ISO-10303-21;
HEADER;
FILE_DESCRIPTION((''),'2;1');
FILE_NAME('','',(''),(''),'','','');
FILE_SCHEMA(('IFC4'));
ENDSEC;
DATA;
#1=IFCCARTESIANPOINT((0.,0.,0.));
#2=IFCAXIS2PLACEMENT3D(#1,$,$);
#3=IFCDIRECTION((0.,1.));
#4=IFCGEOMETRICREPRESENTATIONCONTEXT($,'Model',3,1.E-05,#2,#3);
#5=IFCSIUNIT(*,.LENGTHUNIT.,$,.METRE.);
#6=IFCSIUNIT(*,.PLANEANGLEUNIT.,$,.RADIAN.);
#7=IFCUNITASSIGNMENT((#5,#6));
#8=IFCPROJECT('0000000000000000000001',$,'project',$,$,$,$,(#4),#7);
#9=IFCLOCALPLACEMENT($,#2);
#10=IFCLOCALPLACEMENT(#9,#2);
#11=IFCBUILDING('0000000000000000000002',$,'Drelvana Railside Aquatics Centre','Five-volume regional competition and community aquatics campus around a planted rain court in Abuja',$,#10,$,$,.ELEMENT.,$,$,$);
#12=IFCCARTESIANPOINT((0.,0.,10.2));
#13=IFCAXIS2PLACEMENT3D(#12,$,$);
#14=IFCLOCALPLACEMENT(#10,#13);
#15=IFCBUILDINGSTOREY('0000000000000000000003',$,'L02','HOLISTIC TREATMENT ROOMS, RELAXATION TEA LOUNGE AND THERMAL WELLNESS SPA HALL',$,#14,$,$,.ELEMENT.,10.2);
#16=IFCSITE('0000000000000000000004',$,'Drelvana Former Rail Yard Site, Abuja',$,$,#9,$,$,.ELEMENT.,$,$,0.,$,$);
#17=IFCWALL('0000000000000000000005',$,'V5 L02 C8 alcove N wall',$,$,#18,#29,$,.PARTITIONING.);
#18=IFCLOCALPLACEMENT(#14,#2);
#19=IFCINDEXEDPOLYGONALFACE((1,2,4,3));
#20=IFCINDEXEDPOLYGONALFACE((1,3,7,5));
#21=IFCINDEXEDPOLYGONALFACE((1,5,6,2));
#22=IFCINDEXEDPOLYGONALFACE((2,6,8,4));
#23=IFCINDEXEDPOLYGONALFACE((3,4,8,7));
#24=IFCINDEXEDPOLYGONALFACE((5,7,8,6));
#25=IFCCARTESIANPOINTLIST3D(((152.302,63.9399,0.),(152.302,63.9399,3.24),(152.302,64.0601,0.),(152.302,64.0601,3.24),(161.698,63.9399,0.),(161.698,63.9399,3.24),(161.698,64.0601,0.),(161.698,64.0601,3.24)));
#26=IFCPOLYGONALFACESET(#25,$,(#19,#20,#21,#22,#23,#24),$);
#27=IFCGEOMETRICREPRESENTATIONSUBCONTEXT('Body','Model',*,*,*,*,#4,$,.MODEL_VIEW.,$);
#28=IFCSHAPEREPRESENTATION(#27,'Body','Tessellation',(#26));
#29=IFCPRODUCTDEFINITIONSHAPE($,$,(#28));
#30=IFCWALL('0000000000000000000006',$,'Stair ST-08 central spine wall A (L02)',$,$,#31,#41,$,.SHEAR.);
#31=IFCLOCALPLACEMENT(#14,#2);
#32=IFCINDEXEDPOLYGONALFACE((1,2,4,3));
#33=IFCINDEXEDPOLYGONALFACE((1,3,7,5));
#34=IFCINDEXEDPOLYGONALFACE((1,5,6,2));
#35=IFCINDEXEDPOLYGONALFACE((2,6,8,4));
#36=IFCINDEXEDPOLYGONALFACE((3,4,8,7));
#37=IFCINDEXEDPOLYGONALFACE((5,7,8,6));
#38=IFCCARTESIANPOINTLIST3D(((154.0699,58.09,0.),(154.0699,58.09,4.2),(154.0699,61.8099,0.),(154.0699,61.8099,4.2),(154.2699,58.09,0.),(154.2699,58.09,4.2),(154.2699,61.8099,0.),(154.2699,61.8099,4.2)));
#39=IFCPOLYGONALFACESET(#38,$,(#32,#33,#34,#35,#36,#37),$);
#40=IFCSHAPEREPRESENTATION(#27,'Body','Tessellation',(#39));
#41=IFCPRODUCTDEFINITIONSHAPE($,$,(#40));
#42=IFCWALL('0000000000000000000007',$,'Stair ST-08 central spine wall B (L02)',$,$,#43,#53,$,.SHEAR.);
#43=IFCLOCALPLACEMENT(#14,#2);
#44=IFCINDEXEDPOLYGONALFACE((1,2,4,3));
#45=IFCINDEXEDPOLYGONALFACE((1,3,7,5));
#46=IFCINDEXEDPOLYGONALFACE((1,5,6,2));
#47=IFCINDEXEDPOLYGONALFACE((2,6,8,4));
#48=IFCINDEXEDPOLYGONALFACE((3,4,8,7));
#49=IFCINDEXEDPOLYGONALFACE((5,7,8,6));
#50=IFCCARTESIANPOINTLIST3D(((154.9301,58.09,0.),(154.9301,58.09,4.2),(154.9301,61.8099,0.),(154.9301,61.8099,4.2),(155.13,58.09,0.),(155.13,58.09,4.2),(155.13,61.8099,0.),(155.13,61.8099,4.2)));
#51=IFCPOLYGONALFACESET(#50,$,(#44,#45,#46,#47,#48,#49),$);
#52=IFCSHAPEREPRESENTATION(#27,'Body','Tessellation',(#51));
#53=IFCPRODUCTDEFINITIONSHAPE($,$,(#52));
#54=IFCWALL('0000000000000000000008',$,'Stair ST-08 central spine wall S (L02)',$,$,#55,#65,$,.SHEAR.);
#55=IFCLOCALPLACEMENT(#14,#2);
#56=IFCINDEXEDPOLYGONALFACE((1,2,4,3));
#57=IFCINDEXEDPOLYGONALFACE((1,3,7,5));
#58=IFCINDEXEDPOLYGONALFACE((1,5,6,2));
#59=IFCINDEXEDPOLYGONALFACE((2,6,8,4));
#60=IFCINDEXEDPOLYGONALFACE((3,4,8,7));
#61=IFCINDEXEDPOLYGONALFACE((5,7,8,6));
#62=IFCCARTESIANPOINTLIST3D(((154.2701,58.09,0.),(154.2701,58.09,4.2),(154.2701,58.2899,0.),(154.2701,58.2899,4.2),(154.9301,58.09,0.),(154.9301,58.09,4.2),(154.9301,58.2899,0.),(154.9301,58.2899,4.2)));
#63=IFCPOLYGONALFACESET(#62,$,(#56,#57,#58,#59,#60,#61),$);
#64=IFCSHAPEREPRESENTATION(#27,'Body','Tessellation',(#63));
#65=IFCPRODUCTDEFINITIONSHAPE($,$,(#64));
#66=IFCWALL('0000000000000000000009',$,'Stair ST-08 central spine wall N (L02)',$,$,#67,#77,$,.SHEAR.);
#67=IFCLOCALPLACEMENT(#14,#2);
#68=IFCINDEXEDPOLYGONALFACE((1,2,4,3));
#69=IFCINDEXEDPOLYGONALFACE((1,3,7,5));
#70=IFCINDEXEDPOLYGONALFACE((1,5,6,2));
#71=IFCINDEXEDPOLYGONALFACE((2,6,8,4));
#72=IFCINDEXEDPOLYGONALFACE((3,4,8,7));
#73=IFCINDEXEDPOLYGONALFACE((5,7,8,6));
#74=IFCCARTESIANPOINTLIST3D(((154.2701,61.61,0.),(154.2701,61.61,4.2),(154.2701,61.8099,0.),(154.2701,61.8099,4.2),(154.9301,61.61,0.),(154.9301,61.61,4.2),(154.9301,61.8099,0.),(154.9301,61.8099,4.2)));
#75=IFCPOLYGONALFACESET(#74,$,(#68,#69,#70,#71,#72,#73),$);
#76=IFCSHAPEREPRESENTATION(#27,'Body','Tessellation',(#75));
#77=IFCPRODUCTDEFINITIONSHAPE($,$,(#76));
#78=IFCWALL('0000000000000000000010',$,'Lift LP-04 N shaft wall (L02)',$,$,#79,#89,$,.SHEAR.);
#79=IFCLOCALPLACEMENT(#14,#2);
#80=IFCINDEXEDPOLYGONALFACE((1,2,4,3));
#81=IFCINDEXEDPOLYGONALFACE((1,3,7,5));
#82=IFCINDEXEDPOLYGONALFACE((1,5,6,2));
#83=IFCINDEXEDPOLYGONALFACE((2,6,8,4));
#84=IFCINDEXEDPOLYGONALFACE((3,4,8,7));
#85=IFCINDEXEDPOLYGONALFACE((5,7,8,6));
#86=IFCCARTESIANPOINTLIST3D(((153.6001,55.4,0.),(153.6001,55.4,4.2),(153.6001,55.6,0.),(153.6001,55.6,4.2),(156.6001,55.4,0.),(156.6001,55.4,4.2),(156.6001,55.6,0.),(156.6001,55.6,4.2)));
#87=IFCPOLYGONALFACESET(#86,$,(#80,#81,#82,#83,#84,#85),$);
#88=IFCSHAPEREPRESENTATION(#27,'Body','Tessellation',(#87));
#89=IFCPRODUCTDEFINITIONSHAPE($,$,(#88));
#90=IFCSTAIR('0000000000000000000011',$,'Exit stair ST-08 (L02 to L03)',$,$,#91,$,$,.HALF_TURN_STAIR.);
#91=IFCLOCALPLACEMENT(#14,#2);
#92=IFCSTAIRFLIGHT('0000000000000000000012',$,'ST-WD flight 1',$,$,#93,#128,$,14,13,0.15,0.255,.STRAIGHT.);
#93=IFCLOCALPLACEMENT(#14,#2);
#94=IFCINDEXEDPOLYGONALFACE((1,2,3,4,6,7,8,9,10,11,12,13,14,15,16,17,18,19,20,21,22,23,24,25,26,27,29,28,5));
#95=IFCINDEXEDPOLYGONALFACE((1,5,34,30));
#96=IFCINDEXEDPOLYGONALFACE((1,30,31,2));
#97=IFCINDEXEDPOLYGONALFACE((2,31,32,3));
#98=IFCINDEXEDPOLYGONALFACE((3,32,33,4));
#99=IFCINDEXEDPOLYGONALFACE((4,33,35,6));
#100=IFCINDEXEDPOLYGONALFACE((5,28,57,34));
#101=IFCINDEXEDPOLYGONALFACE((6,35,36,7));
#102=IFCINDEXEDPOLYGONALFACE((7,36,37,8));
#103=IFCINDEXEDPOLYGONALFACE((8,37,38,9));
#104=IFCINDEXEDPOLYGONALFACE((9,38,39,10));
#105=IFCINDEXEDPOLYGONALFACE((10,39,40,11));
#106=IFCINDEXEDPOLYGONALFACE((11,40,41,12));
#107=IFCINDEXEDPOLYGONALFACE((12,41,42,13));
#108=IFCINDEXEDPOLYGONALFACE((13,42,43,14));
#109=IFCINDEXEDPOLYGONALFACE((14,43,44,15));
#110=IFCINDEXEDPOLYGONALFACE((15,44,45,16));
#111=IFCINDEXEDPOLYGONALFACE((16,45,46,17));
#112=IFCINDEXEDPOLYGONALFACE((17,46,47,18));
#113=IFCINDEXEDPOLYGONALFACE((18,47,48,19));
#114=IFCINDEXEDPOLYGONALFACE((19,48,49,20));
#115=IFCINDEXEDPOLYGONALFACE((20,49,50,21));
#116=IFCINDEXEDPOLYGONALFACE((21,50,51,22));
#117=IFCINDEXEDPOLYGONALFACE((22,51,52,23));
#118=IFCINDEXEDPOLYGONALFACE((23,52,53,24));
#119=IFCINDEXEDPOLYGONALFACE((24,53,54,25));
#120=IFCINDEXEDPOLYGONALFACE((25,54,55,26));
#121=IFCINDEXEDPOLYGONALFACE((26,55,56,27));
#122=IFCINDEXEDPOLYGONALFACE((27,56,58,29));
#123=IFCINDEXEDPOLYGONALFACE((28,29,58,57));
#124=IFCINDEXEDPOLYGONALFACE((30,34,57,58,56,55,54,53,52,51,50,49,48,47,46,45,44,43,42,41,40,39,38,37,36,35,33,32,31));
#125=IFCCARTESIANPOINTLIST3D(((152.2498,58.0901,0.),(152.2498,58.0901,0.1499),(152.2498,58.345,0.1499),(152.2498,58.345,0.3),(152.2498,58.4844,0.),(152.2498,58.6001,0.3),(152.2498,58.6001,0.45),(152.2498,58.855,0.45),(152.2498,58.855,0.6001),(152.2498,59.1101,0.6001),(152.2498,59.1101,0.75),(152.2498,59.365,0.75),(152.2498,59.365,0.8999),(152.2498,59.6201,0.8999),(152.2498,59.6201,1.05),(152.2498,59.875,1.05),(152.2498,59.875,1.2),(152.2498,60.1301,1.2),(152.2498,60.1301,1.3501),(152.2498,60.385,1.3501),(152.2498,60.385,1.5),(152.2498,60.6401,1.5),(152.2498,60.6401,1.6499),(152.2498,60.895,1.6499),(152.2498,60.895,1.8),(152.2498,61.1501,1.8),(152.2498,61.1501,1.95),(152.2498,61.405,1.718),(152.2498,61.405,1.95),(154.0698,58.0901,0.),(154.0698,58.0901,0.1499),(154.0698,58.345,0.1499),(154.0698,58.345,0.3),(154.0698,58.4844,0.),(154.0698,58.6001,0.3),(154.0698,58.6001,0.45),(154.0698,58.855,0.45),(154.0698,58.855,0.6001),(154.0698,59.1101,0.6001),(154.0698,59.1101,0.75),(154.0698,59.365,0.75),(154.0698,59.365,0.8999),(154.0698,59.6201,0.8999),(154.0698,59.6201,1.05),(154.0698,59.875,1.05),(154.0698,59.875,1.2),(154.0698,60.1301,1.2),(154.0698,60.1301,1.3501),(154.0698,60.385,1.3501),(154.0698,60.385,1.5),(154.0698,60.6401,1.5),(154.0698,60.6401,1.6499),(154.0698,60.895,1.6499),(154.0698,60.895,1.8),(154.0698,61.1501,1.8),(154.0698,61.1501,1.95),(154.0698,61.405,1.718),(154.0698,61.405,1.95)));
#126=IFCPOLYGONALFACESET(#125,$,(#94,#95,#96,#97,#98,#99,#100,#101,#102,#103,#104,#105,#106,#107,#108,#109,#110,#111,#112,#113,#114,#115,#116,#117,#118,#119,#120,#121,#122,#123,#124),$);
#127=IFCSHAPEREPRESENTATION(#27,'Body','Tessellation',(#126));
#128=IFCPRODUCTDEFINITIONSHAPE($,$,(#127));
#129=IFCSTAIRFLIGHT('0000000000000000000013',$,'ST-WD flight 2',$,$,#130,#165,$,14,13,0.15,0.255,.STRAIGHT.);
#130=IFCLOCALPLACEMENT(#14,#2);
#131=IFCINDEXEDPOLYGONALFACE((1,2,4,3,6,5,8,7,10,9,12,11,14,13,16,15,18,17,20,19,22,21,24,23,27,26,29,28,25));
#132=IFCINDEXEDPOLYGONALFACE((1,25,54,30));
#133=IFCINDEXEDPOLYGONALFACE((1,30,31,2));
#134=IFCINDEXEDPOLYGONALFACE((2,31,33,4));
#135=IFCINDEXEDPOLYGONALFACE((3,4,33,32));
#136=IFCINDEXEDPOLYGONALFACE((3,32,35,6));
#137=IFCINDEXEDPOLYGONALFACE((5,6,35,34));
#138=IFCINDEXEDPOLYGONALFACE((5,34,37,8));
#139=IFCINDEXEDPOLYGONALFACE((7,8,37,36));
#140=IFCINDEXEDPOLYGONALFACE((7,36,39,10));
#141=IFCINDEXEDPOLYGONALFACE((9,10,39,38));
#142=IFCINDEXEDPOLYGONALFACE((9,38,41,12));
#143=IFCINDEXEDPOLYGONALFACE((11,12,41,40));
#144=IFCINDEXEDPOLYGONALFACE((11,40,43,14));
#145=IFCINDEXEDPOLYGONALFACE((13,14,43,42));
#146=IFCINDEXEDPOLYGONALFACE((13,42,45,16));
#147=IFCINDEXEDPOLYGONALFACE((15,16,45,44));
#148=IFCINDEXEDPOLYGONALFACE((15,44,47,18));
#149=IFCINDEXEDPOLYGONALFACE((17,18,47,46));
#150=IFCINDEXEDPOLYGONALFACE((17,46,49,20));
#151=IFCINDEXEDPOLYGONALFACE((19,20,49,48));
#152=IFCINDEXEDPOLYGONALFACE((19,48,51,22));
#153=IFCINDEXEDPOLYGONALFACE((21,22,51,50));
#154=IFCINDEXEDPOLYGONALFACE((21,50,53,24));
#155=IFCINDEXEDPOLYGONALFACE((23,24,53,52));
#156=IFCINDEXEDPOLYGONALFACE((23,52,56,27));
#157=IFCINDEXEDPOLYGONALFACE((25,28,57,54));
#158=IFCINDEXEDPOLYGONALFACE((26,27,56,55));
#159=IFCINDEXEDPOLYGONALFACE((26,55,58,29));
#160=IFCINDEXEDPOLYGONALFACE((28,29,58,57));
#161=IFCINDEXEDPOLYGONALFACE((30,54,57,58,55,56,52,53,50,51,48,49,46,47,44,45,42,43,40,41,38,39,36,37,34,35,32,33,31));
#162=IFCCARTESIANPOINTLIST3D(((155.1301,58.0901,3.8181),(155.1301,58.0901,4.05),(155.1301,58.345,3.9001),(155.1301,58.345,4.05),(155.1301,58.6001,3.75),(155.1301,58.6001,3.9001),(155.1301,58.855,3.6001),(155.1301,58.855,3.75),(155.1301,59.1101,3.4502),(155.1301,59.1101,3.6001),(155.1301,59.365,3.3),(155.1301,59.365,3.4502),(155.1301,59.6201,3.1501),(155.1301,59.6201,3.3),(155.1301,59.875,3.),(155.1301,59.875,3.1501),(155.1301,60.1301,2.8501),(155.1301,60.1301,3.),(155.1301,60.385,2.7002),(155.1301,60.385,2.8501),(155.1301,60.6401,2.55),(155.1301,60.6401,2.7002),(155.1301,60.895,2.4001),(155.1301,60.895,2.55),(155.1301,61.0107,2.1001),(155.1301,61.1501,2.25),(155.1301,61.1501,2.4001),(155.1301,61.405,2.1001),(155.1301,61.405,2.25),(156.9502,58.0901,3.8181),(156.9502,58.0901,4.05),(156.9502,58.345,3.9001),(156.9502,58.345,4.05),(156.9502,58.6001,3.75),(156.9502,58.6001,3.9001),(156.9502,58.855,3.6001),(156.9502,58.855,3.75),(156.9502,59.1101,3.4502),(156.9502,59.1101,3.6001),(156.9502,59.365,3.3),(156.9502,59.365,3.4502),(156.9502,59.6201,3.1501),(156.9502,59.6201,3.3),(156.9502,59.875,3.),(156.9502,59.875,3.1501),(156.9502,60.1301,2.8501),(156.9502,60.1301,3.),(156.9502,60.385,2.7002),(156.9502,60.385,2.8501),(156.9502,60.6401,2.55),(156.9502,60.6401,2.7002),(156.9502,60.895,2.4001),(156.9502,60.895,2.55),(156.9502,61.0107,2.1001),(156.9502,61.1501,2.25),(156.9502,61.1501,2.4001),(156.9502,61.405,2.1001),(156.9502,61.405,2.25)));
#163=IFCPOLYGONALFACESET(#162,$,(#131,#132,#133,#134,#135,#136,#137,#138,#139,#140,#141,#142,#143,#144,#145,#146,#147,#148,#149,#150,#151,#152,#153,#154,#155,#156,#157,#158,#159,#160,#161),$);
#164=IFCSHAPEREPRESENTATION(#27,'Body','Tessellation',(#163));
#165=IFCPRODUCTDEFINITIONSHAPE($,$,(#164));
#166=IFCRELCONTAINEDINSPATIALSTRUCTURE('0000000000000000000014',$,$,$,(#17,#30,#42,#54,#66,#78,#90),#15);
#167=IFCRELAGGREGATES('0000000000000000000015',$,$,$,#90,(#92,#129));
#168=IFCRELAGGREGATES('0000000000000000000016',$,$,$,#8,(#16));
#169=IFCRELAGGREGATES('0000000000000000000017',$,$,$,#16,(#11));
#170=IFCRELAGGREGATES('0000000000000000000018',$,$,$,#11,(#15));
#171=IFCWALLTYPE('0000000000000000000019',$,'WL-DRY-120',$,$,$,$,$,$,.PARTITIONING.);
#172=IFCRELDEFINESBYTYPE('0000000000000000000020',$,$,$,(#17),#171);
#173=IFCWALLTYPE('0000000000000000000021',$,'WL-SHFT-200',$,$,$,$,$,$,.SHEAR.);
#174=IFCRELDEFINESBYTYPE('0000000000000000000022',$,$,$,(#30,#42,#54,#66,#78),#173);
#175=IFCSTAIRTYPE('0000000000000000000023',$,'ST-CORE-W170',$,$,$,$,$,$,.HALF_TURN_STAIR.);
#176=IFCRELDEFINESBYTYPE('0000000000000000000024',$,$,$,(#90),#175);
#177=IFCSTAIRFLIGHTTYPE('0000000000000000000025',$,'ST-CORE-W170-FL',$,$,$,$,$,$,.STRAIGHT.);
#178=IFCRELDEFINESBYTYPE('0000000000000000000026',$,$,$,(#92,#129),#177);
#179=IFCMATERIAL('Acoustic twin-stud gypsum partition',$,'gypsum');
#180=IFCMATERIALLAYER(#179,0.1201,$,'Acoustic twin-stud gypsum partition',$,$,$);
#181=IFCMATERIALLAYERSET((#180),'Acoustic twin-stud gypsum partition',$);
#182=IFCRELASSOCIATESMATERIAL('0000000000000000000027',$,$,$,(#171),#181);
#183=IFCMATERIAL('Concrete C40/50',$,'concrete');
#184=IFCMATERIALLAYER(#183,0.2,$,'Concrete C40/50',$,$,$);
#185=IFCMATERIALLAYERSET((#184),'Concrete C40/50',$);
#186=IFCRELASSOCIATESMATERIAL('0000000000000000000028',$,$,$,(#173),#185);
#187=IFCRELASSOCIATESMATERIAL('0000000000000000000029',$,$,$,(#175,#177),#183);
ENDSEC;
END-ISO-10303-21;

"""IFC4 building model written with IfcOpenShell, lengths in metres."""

from ifc_helpers import new_model, si_unit, direction, frame, frame_2d, origin, place, context, subcontext, project, spatial, polyline, rectangle, outline, extrude, material, layer, layer_set, type_object, element, aggregate, save


model = new_model("IFC4")

# Units and contexts
model_context = context("Model", 3, precision=1e-05, world=origin(), true_north=direction((0.0, 1.0)))
body_context = subcontext(model_context, "Body", "Model", "MODEL_VIEW")
ifc_project = project(units=[si_unit("LENGTHUNIT", "METRE"), si_unit("PLANEANGLEUNIT", "RADIAN")], contexts=[model_context])

# Site, building, storey
site_placement = place(None, origin())
site = spatial("IfcSite", under=ifc_project, at=site_placement, Name="Drelvana Former Rail Yard Site, Abuja", CompositionType="ELEMENT", RefElevation=0.0)
building_placement = place(site_placement, origin())
building = spatial("IfcBuilding", under=site, at=building_placement, Name="Drelvana Railside Aquatics Centre", Description="Five-volume regional competition and community aquatics campus around a planted rain court in Abuja", CompositionType="ELEMENT")
storey_placement = place(building_placement, frame((0.0, 0.0, 10.2)))
storey = spatial("IfcBuildingStorey", under=building, at=storey_placement, Name="L02", Description="HOLISTIC TREATMENT ROOMS, RELAXATION TEA LOUNGE AND THERMAL WELLNESS SPA HALL", CompositionType="ELEMENT", Elevation=10.2)

# Shared definitions
ifc_material_1 = material(Name="Concrete C40/50", Category="concrete")

# Shared definitions
ifc_material_2 = material(Name="Acoustic twin-stud gypsum partition", Category="gypsum")
ifc_layer_1 = layer(ifc_material_2, 0.1201, Name="Acoustic twin-stud gypsum partition")
ifc_layer_set_1 = layer_set([ifc_layer_1], Name="Acoustic twin-stud gypsum partition")
wall_type_1 = type_object("IfcWallType", Name="WL-DRY-120", PredefinedType="PARTITIONING", material=ifc_layer_set_1)

# Walls
wall_1_placement = place(storey_placement, frame((152.302, 64.0, 0.0), z_axis=(0.0, 0.0, 1.0), x_axis=(1.0, 0.0, 0.0)))
element("IfcWall", 1, at=wall_1_placement, inside=storey, type_object=wall_type_1, Name="V5 L02 C8 alcove N wall", PredefinedType="PARTITIONING", context=body_context, shape_type="SweptSolid", body=[
    extrude(rectangle(XDim=9.396, YDim=0.1201, at=frame_2d((4.698, 0.0))), origin(), (0.0, 0.0, 1.0), 3.24),
])
ifc_layer_2 = layer(ifc_material_1, 0.2, Name="Concrete C40/50")
ifc_layer_set_2 = layer_set([ifc_layer_2], Name="Concrete C40/50")
wall_type_2 = type_object("IfcWallType", Name="WL-SHFT-200", PredefinedType="SHEAR", material=ifc_layer_set_2)
for number, where, z_axis, x_axis, name in (
    (2, (154.1699, 58.0901, 0.0), (0.0, 0.0, 1.0), (0.0, 1.0, 0.0), "Stair ST-08 central spine wall A (L02)"),
    (3, (155.03, 58.0901, 0.0), (0.0, 0.0, 1.0), (0.0, 1.0, 0.0), "Stair ST-08 central spine wall B (L02)"),
):
    element("IfcWall", number, at=place(storey_placement, frame(where, z_axis=z_axis, x_axis=x_axis)), inside=storey, type_object=wall_type_2, Name=name, PredefinedType="SHEAR", context=body_context, shape_type="SweptSolid", body=[
        extrude(rectangle(XDim=3.72, YDim=0.2, at=frame_2d((1.8599, 0.0))), origin(), (0.0, 0.0, 1.0), 4.2),
    ])
for number, where, z_axis, x_axis, name in (
    (4, (154.27, 58.1899, 0.0), (0.0, 0.0, 1.0), (1.0, 0.0, 0.0), "Stair ST-08 central spine wall S (L02)"),
    (5, (154.27, 61.71, 0.0), (0.0, 0.0, 1.0), (1.0, 0.0, 0.0), "Stair ST-08 central spine wall N (L02)"),
):
    element("IfcWall", number, at=place(storey_placement, frame(where, z_axis=z_axis, x_axis=x_axis)), inside=storey, type_object=wall_type_2, Name=name, PredefinedType="SHEAR", context=body_context, shape_type="SweptSolid", body=[
        extrude(rectangle(XDim=0.6599, YDim=0.2, at=frame_2d((0.3301, 0.0))), origin(), (0.0, 0.0, 1.0), 4.2),
    ])
wall_2_placement = place(storey_placement, frame((153.6001, 55.5, 0.0), z_axis=(0.0, 0.0, 1.0), x_axis=(1.0, 0.0, 0.0)))
element("IfcWall", 6, at=wall_2_placement, inside=storey, type_object=wall_type_2, Name="Lift LP-04 N shaft wall (L02)", PredefinedType="SHEAR", context=body_context, shape_type="SweptSolid", body=[
    extrude(rectangle(XDim=3.0, YDim=0.2, at=frame_2d((1.5, 0.0))), origin(), (0.0, 0.0, 1.0), 4.2),
])

# Stair, stair flights
stair_type = type_object("IfcStairType", Name="ST-CORE-W170", PredefinedType="HALF_TURN_STAIR", material=ifc_material_1)
stair_placement = place(storey_placement, origin())
stair = element("IfcStair", 7, at=stair_placement, inside=storey, type_object=stair_type, Name="Exit stair ST-08 (L02 to L03)", PredefinedType="HALF_TURN_STAIR")
stair_flight_type = type_object("IfcStairFlightType", Name="ST-CORE-W170-FL", PredefinedType="STRAIGHT", material=ifc_material_1)
stair_flight_1_placement = place(storey_placement, frame((153.1599, 58.0901, 0.0), z_axis=(0.0, 0.0, 1.0), x_axis=(0.0, 1.0, 0.0)))
stair_flight_1 = element("IfcStairFlight", 8, at=stair_flight_1_placement, type_object=stair_flight_type, Name="ST-WD flight 1", NumberOfRisers=14, NumberOfTreads=13, PredefinedType="STRAIGHT", RiserHeight=0.15, TreadLength=0.255, context=body_context, shape_type="SweptSolid", body=[
    extrude(outline(polyline([(0.0, 0.0), (0.0, 0.1499), (0.2549, 0.1499), (0.2549, 0.3), (0.51, 0.3), (0.51, 0.45), (0.7649, 0.45), (0.7649, 0.6001), (1.02, 0.6001), (1.02, 0.75), (1.2749, 0.75), (1.2749, 0.8999), (1.53, 0.8999), (1.53, 1.05), (1.7849, 1.05), (1.7849, 1.2), (2.04, 1.2), (2.04, 1.3501), (2.2949, 1.3501), (2.2949, 1.5), (2.55, 1.5), (2.55, 1.6499), (2.8049, 1.6499), (2.8049, 1.8), (3.0601, 1.8), (3.0601, 1.95), (3.3149, 1.95), (3.3149, 2.1001), (3.3149, 1.718), (0.3943, 0.0), (0.0, 0.0)])), frame((0.0, 0.9102, 0.0), z_axis=(0.0, -1.0, 0.0), x_axis=(1.0, 0.0, 0.0)), (0.0, 0.0, 1.0), 1.8201),
])
stair_flight_2_placement = place(storey_placement, frame((156.04, 61.405, 2.1001), z_axis=(0.0, 0.0, 1.0), x_axis=(0.0, -1.0, 0.0)))
stair_flight_2 = element("IfcStairFlight", 9, at=stair_flight_2_placement, type_object=stair_flight_type, Name="ST-WD flight 2", NumberOfRisers=14, NumberOfTreads=13, PredefinedType="STRAIGHT", RiserHeight=0.15, TreadLength=0.255, context=body_context, shape_type="SweptSolid", body=[
    extrude(outline(polyline([(0.0, 0.0), (0.0, 0.1499), (0.2549, 0.1499), (0.2549, 0.3), (0.51, 0.3), (0.51, 0.45), (0.7649, 0.45), (0.7649, 0.6001), (1.02, 0.6001), (1.02, 0.75), (1.2749, 0.75), (1.2749, 0.8999), (1.53, 0.8999), (1.53, 1.05), (1.7849, 1.05), (1.7849, 1.2), (2.04, 1.2), (2.04, 1.3501), (2.2949, 1.3501), (2.2949, 1.5), (2.55, 1.5), (2.55, 1.6499), (2.8049, 1.6499), (2.8049, 1.8), (3.0601, 1.8), (3.0601, 1.95), (3.3149, 1.95), (3.3149, 2.1001), (3.3149, 1.718), (0.3943, 0.0), (0.0, 0.0)])), frame((0.0, 0.9102, 0.0), z_axis=(0.0, -1.0, 0.0), x_axis=(1.0, 0.0, 0.0)), (0.0, 0.0, 1.0), 1.8201),
])
aggregate(stair, [stair_flight_1, stair_flight_2])

save(model, "model.ifc")
